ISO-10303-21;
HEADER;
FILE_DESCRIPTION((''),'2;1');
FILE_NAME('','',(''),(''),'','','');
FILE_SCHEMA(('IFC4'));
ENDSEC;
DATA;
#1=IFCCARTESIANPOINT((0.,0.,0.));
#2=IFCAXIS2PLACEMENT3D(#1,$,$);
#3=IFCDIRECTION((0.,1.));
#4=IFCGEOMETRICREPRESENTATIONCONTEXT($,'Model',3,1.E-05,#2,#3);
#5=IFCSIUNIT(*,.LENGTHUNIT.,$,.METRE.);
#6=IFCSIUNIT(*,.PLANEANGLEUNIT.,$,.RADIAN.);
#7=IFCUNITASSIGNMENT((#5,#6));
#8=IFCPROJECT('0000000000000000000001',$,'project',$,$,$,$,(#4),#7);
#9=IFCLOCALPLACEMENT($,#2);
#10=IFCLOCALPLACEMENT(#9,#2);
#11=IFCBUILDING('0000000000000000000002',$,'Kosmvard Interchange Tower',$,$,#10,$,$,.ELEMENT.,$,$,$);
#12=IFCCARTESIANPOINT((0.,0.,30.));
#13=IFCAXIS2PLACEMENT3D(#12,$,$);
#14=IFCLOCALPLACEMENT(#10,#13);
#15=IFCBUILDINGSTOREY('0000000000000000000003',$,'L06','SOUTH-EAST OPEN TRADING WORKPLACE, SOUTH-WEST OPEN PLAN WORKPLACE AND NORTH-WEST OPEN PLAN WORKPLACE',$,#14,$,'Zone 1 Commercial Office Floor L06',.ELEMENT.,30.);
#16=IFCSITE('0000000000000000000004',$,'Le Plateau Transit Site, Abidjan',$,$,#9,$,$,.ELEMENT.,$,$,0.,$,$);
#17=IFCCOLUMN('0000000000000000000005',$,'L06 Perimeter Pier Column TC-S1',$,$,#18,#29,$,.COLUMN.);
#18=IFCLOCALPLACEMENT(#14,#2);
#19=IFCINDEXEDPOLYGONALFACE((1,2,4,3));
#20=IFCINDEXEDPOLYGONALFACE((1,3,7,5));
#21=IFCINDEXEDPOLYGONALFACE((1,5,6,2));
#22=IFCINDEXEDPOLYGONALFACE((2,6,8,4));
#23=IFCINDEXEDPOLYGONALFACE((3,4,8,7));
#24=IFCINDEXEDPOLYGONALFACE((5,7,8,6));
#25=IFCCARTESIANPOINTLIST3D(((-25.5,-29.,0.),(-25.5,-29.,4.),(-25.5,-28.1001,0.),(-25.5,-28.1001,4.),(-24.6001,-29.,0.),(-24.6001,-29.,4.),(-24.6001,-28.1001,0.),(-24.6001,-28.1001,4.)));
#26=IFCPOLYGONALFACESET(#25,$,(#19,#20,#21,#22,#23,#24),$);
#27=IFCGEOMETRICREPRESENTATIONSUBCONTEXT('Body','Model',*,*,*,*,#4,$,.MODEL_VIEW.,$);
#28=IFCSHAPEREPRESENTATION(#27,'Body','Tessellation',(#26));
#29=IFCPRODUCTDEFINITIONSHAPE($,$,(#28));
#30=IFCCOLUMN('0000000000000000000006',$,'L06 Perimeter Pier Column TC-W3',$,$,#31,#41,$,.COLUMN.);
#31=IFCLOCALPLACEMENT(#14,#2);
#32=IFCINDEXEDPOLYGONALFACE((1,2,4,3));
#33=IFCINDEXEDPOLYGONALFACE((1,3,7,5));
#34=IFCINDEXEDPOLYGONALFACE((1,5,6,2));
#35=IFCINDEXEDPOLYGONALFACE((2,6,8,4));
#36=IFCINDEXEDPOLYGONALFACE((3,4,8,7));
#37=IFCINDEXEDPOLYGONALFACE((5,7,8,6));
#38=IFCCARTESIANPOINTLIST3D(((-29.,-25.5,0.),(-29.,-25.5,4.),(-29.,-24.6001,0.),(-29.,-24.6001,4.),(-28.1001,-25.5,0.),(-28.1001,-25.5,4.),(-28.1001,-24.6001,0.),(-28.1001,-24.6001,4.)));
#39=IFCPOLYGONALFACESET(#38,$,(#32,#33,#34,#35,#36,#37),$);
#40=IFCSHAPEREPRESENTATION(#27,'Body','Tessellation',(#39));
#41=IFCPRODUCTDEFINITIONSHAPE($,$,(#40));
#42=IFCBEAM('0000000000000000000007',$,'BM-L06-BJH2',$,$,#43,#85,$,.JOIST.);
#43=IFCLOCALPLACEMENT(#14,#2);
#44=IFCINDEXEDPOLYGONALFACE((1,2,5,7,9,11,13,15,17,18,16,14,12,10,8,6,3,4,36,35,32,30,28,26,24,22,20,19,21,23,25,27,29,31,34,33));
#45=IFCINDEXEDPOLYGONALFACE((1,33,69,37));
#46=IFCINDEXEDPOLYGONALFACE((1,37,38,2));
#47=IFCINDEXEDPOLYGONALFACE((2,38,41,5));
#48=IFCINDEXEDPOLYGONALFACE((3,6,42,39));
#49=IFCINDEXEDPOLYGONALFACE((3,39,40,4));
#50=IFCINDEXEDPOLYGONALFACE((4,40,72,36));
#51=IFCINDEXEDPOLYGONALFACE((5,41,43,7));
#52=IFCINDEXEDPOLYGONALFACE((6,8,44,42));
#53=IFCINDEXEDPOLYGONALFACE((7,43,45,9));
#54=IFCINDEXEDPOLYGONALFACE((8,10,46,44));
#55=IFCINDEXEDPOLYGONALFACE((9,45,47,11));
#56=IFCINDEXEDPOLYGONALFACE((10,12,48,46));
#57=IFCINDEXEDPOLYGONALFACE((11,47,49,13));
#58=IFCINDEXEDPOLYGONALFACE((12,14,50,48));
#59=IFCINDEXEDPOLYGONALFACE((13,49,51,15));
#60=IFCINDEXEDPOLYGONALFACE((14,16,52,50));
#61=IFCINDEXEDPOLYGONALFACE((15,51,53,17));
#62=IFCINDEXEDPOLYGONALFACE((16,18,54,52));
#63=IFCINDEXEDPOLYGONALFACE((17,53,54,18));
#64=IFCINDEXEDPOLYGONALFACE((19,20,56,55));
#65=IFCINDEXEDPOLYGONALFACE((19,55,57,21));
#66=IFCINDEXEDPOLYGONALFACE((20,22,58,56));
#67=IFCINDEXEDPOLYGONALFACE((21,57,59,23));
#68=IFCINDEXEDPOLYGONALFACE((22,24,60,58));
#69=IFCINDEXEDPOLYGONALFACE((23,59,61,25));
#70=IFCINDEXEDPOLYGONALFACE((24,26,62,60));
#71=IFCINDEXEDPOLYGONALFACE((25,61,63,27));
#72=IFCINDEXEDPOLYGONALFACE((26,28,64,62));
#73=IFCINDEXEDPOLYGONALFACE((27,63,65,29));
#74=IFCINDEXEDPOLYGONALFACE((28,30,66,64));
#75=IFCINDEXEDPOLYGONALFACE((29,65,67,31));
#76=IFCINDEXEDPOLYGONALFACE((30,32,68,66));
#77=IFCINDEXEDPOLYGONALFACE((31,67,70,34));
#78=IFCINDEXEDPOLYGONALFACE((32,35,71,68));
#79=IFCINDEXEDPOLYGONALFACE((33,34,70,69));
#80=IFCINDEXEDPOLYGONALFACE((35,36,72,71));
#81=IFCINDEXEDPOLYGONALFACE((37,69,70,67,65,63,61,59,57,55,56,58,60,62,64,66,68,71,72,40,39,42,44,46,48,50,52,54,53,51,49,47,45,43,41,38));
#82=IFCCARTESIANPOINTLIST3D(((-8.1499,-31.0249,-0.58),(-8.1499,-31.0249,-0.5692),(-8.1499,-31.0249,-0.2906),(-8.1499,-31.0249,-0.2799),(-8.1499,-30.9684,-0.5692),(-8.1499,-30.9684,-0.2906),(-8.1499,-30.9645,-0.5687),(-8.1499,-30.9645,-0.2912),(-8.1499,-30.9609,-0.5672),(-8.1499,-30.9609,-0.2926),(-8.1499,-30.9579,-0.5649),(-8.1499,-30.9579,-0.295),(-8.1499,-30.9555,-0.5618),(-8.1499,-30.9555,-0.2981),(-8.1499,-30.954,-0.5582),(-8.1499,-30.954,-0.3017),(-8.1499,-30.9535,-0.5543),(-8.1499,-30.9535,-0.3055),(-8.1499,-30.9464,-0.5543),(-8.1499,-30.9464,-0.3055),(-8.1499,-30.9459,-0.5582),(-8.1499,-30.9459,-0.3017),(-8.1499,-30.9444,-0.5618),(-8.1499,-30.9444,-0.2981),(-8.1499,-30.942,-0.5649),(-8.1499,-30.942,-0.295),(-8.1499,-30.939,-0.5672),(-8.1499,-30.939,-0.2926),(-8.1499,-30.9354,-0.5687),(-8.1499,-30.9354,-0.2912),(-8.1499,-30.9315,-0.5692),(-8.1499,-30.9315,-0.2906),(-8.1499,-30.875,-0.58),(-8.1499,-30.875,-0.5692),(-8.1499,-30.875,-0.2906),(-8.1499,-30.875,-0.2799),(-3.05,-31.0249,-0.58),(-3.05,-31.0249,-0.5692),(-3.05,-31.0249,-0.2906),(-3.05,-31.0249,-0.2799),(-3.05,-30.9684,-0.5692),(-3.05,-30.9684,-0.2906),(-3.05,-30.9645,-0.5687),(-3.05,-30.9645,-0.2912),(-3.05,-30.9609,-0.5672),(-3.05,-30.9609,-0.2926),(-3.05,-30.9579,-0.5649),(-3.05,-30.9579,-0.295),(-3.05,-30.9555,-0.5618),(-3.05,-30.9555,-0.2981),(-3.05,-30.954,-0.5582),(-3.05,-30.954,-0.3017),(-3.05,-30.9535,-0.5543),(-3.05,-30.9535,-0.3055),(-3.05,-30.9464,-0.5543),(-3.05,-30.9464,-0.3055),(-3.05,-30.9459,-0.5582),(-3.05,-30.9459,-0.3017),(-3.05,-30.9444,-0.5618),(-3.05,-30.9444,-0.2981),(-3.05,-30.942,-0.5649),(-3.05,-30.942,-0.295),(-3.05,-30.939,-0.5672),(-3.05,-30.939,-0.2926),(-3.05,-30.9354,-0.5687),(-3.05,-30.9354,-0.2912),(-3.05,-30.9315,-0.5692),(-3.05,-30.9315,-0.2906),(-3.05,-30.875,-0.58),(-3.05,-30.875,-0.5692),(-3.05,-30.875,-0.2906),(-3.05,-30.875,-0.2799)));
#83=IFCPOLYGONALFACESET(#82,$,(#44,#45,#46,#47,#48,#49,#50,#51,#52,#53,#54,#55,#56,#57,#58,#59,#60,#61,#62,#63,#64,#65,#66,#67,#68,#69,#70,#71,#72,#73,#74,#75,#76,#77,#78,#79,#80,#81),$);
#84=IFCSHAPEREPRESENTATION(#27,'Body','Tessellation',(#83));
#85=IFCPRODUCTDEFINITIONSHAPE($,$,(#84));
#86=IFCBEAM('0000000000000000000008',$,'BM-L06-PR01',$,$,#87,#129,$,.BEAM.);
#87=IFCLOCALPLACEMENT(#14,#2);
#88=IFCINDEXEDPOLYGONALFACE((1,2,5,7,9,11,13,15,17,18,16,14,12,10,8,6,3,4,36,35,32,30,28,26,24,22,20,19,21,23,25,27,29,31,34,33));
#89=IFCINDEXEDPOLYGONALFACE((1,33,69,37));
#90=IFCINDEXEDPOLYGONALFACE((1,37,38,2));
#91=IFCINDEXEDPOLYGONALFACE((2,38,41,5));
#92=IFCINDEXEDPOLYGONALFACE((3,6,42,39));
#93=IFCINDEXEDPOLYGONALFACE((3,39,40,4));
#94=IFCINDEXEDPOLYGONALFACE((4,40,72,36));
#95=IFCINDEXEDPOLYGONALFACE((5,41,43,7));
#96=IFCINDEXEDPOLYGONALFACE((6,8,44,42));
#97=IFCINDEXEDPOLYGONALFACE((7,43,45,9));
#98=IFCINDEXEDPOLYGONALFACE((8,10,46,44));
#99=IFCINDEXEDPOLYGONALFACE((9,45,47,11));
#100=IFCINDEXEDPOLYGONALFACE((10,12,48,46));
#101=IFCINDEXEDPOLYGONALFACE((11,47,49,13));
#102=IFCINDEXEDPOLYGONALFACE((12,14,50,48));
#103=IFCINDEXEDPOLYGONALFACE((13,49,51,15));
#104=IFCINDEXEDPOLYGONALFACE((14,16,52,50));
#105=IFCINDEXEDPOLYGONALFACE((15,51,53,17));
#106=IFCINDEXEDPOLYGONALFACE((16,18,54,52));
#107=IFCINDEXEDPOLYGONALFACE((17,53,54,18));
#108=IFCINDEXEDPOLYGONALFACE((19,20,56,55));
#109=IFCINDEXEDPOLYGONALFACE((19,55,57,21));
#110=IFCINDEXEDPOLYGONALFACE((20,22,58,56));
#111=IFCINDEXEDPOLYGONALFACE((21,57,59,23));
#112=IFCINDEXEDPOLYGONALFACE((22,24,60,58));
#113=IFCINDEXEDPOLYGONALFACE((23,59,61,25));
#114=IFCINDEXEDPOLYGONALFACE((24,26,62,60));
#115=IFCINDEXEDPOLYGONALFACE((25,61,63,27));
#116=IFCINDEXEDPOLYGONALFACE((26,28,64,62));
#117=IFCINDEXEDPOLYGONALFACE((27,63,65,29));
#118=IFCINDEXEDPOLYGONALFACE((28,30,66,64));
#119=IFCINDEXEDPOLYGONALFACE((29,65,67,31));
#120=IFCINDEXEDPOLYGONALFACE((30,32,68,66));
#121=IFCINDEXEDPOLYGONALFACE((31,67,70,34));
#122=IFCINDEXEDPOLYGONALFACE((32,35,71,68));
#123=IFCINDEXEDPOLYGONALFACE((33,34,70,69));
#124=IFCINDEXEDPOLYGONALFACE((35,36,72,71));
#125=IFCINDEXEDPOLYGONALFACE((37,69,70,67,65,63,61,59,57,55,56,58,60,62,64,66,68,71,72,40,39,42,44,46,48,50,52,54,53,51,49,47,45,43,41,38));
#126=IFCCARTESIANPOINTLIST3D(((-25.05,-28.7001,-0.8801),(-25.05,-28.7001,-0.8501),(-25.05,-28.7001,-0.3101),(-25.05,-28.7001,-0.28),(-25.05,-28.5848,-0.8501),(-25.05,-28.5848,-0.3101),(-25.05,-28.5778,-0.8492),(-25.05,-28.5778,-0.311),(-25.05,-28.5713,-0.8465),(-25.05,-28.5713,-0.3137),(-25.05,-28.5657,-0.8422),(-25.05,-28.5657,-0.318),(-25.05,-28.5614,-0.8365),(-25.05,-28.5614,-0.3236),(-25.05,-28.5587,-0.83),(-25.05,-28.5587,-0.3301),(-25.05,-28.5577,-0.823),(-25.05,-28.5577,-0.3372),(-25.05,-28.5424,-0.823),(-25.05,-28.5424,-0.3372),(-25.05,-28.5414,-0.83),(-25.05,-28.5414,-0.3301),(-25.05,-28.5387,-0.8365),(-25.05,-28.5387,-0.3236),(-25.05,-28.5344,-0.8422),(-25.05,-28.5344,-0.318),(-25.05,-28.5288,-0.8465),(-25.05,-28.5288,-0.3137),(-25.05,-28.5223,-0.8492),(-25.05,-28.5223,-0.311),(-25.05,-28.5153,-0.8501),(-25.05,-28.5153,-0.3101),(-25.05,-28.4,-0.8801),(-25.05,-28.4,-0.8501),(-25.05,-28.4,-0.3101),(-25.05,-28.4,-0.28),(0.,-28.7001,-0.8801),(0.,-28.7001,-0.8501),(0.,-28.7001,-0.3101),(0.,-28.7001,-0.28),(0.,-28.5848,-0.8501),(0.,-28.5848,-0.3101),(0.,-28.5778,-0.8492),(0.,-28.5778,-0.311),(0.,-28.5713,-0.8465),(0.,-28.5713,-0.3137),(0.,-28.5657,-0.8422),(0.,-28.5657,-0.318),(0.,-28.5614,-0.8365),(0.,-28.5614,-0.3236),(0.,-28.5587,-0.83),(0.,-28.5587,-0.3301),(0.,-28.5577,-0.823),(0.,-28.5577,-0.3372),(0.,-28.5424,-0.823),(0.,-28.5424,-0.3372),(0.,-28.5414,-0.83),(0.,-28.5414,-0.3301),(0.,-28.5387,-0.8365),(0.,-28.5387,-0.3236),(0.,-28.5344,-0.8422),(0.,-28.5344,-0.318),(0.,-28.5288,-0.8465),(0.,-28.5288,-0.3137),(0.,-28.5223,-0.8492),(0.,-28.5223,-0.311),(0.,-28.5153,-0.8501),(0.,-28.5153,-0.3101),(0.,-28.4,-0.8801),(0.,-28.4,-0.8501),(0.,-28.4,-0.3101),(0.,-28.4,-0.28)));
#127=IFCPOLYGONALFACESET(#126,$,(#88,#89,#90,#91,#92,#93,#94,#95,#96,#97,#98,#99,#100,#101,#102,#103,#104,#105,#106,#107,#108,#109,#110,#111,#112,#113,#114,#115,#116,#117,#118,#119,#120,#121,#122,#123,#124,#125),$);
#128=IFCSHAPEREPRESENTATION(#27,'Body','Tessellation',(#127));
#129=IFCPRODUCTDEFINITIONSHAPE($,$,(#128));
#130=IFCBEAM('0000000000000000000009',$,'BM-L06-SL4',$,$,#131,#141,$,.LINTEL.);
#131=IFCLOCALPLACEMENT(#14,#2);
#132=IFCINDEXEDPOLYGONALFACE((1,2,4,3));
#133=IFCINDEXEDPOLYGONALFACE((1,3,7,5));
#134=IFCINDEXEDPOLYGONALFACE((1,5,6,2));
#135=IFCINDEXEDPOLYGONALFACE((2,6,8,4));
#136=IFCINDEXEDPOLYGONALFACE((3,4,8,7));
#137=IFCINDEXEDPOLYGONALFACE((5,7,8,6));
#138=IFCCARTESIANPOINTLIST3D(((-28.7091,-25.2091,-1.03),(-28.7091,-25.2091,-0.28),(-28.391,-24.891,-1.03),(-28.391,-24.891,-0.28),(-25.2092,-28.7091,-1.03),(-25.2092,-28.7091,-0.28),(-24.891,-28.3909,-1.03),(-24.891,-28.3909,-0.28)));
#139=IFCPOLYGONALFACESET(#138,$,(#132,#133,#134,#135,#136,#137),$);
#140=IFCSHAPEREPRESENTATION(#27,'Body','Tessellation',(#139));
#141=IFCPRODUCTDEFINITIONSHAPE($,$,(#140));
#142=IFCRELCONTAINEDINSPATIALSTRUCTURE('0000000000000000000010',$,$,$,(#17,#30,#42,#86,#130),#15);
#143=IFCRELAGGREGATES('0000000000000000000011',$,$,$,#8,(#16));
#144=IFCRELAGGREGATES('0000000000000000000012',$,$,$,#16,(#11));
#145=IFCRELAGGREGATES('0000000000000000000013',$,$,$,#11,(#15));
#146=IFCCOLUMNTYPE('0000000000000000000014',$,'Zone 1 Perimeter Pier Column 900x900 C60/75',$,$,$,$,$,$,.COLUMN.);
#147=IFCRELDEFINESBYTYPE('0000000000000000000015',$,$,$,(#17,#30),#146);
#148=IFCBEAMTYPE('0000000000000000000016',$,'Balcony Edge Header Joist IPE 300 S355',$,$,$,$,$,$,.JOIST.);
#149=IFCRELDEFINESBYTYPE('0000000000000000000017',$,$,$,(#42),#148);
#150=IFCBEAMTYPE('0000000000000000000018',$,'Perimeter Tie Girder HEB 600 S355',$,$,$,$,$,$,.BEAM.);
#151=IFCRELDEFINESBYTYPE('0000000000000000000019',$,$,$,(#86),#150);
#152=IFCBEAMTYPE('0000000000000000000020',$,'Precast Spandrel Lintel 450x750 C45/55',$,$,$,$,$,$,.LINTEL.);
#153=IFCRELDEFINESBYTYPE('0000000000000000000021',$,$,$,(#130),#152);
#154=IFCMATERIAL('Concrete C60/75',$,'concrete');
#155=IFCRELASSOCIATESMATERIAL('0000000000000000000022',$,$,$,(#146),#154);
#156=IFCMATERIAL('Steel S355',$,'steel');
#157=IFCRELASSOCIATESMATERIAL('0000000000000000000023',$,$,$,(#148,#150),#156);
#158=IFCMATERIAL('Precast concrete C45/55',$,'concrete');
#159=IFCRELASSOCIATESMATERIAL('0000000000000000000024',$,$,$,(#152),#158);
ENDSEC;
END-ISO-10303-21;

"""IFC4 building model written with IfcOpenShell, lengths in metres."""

from ifc_helpers import new_model, si_unit, direction, frame, origin, origin_2d, place, context, subcontext, project, spatial, rectangle, i_section, extrude, source, transform, mapped, material, material_profile, profile_set, type_object, element, save


model = new_model("IFC4")

# Units and contexts
model_context = context("Model", 3, precision=1e-05, world=origin(), true_north=direction((0.0, 1.0)))
body_context = subcontext(model_context, "Body", "Model", "MODEL_VIEW")
ifc_project = project(units=[si_unit("LENGTHUNIT", "METRE"), si_unit("PLANEANGLEUNIT", "RADIAN")], contexts=[model_context])

# Site, building, storey
site_placement = place(None, origin())
site = spatial("IfcSite", under=ifc_project, at=site_placement, Name="Le Plateau Transit Site, Abidjan", CompositionType="ELEMENT", RefElevation=0.0)
building_placement = place(site_placement, origin())
building = spatial("IfcBuilding", under=site, at=building_placement, Name="Kosmvard Interchange Tower", CompositionType="ELEMENT")
storey_placement = place(building_placement, frame((0.0, 0.0, 30.0)))
storey = spatial("IfcBuildingStorey", under=building, at=storey_placement, Name="L06", Description="SOUTH-EAST OPEN TRADING WORKPLACE, SOUTH-WEST OPEN PLAN WORKPLACE AND NORTH-WEST OPEN PLAN WORKPLACE", LongName="Zone 1 Commercial Office Floor L06", CompositionType="ELEMENT", Elevation=30.0)

# Columns
ifc_material_1 = material(Name="Concrete C60/75", Category="concrete")
ifc_material_profile_1 = material_profile(ifc_material_1, rectangle(XDim=0.8999, YDim=0.8999, at=origin_2d()), Name="TC 900x900")
ifc_profile_set_1 = profile_set([ifc_material_profile_1], Name="Concrete C60/75")
column_type = type_object("IfcColumnType", Name="Zone 1 Perimeter Pier Column 900x900 C60/75", PredefinedType="COLUMN", material=ifc_profile_set_1)
shared_shape_1 = source(origin(), body_context, "Body", "SweptSolid", [
    extrude(rectangle(XDim=0.8999, YDim=0.8999, at=origin_2d()), origin(), (0.0, 0.0, 1.0), 4.0),
])
for number, where, z_axis, x_axis, name in (
    (1, (-25.05, -28.55, 0.0), (0.0, 0.0, 1.0), (1.0, 0.0, 0.0), "L06 Perimeter Pier Column TC-S1"),
    (2, (-28.55, -25.05, 0.0), (0.0, 0.0, 1.0), (1.0, 0.0, 0.0), "L06 Perimeter Pier Column TC-W3"),
):
    element("IfcColumn", number, at=place(storey_placement, frame(where, z_axis=z_axis, x_axis=x_axis)), inside=storey, type_object=column_type, Name=name, PredefinedType="COLUMN", context=body_context, shape_type="MappedRepresentation", body=[
        mapped(shared_shape_1, transform((0.0, 0.0, 0.0), scale=1.0)),
    ])

# Beams
ifc_material_2 = material(Name="Steel S355", Category="steel")
ifc_material_profile_2 = material_profile(ifc_material_2, i_section(OverallWidth=0.1499, OverallDepth=0.3, WebThickness=0.0071, FlangeThickness=0.0107, FilletRadius=0.0149, at=origin_2d()), Name="IPE 300")
ifc_profile_set_2 = profile_set([ifc_material_profile_2], Name="Steel S355")
beam_type_1 = type_object("IfcBeamType", Name="Balcony Edge Header Joist IPE 300 S355", PredefinedType="JOIST", material=ifc_profile_set_2)
shared_shape_2 = source(origin(), body_context, "Body", "SweptSolid", [
    extrude(i_section(OverallWidth=0.1499, OverallDepth=0.3, WebThickness=0.0071, FlangeThickness=0.0107, FilletRadius=0.0149, at=origin_2d()), origin(), (0.0, 0.0, 1.0), 5.0999),
])
beam_1_placement = place(storey_placement, frame((-8.1499, -30.95, -0.4299), z_axis=(1.0, 0.0, 0.0), x_axis=(0.0, 1.0, 0.0)))
element("IfcBeam", 3, at=beam_1_placement, inside=storey, type_object=beam_type_1, Name="BM-L06-BJH2", PredefinedType="JOIST", context=body_context, shape_type="MappedRepresentation", body=[
    mapped(shared_shape_2, transform((0.0, 0.0, 0.0), scale=1.0)),
])
ifc_material_profile_3 = material_profile(ifc_material_2, i_section(OverallWidth=0.3, OverallDepth=0.6001, WebThickness=0.0154, FlangeThickness=0.03, FilletRadius=0.0271, at=origin_2d()), Name="HEB 600")
ifc_profile_set_3 = profile_set([ifc_material_profile_3], Name="Steel S355")
beam_type_2 = type_object("IfcBeamType", Name="Perimeter Tie Girder HEB 600 S355", PredefinedType="BEAM", material=ifc_profile_set_3)
shared_shape_3 = source(origin(), body_context, "Body", "SweptSolid", [
    extrude(i_section(OverallWidth=0.3, OverallDepth=0.6001, WebThickness=0.0154, FlangeThickness=0.03, FilletRadius=0.0271, at=origin_2d()), origin(), (0.0, 0.0, 1.0), 25.05),
])
beam_2_placement = place(storey_placement, frame((-25.05, -28.55, -0.5801), z_axis=(1.0, 0.0, 0.0), x_axis=(0.0, 1.0, 0.0)))
element("IfcBeam", 4, at=beam_2_placement, inside=storey, type_object=beam_type_2, Name="BM-L06-PR01", PredefinedType="BEAM", context=body_context, shape_type="MappedRepresentation", body=[
    mapped(shared_shape_3, transform((0.0, 0.0, 0.0), scale=1.0)),
])
ifc_material_3 = material(Name="Precast concrete C45/55", Category="concrete")
ifc_material_profile_4 = material_profile(ifc_material_3, rectangle(XDim=0.45, YDim=0.75, at=origin_2d()), Name="SL 450x750")
ifc_profile_set_4 = profile_set([ifc_material_profile_4], Name="Precast concrete C45/55")
beam_type_3 = type_object("IfcBeamType", Name="Precast Spandrel Lintel 450x750 C45/55", PredefinedType="LINTEL", material=ifc_profile_set_4)
shared_shape_4 = source(origin(), body_context, "Body", "SweptSolid", [
    extrude(rectangle(XDim=0.45, YDim=0.75, at=origin_2d()), origin(), (0.0, 0.0, 1.0), 4.9497),
])
beam_3_placement = place(storey_placement, frame((-28.55, -25.05, -0.655), z_axis=(0.707107, -0.707107, 0.0), x_axis=(0.707107, 0.707107, 0.0)))
element("IfcBeam", 5, at=beam_3_placement, inside=storey, type_object=beam_type_3, Name="BM-L06-SL4", PredefinedType="LINTEL", context=body_context, shape_type="MappedRepresentation", body=[
    mapped(shared_shape_4, transform((0.0, 0.0, 0.0), scale=1.0)),
])

save(model, "model.ifc")
